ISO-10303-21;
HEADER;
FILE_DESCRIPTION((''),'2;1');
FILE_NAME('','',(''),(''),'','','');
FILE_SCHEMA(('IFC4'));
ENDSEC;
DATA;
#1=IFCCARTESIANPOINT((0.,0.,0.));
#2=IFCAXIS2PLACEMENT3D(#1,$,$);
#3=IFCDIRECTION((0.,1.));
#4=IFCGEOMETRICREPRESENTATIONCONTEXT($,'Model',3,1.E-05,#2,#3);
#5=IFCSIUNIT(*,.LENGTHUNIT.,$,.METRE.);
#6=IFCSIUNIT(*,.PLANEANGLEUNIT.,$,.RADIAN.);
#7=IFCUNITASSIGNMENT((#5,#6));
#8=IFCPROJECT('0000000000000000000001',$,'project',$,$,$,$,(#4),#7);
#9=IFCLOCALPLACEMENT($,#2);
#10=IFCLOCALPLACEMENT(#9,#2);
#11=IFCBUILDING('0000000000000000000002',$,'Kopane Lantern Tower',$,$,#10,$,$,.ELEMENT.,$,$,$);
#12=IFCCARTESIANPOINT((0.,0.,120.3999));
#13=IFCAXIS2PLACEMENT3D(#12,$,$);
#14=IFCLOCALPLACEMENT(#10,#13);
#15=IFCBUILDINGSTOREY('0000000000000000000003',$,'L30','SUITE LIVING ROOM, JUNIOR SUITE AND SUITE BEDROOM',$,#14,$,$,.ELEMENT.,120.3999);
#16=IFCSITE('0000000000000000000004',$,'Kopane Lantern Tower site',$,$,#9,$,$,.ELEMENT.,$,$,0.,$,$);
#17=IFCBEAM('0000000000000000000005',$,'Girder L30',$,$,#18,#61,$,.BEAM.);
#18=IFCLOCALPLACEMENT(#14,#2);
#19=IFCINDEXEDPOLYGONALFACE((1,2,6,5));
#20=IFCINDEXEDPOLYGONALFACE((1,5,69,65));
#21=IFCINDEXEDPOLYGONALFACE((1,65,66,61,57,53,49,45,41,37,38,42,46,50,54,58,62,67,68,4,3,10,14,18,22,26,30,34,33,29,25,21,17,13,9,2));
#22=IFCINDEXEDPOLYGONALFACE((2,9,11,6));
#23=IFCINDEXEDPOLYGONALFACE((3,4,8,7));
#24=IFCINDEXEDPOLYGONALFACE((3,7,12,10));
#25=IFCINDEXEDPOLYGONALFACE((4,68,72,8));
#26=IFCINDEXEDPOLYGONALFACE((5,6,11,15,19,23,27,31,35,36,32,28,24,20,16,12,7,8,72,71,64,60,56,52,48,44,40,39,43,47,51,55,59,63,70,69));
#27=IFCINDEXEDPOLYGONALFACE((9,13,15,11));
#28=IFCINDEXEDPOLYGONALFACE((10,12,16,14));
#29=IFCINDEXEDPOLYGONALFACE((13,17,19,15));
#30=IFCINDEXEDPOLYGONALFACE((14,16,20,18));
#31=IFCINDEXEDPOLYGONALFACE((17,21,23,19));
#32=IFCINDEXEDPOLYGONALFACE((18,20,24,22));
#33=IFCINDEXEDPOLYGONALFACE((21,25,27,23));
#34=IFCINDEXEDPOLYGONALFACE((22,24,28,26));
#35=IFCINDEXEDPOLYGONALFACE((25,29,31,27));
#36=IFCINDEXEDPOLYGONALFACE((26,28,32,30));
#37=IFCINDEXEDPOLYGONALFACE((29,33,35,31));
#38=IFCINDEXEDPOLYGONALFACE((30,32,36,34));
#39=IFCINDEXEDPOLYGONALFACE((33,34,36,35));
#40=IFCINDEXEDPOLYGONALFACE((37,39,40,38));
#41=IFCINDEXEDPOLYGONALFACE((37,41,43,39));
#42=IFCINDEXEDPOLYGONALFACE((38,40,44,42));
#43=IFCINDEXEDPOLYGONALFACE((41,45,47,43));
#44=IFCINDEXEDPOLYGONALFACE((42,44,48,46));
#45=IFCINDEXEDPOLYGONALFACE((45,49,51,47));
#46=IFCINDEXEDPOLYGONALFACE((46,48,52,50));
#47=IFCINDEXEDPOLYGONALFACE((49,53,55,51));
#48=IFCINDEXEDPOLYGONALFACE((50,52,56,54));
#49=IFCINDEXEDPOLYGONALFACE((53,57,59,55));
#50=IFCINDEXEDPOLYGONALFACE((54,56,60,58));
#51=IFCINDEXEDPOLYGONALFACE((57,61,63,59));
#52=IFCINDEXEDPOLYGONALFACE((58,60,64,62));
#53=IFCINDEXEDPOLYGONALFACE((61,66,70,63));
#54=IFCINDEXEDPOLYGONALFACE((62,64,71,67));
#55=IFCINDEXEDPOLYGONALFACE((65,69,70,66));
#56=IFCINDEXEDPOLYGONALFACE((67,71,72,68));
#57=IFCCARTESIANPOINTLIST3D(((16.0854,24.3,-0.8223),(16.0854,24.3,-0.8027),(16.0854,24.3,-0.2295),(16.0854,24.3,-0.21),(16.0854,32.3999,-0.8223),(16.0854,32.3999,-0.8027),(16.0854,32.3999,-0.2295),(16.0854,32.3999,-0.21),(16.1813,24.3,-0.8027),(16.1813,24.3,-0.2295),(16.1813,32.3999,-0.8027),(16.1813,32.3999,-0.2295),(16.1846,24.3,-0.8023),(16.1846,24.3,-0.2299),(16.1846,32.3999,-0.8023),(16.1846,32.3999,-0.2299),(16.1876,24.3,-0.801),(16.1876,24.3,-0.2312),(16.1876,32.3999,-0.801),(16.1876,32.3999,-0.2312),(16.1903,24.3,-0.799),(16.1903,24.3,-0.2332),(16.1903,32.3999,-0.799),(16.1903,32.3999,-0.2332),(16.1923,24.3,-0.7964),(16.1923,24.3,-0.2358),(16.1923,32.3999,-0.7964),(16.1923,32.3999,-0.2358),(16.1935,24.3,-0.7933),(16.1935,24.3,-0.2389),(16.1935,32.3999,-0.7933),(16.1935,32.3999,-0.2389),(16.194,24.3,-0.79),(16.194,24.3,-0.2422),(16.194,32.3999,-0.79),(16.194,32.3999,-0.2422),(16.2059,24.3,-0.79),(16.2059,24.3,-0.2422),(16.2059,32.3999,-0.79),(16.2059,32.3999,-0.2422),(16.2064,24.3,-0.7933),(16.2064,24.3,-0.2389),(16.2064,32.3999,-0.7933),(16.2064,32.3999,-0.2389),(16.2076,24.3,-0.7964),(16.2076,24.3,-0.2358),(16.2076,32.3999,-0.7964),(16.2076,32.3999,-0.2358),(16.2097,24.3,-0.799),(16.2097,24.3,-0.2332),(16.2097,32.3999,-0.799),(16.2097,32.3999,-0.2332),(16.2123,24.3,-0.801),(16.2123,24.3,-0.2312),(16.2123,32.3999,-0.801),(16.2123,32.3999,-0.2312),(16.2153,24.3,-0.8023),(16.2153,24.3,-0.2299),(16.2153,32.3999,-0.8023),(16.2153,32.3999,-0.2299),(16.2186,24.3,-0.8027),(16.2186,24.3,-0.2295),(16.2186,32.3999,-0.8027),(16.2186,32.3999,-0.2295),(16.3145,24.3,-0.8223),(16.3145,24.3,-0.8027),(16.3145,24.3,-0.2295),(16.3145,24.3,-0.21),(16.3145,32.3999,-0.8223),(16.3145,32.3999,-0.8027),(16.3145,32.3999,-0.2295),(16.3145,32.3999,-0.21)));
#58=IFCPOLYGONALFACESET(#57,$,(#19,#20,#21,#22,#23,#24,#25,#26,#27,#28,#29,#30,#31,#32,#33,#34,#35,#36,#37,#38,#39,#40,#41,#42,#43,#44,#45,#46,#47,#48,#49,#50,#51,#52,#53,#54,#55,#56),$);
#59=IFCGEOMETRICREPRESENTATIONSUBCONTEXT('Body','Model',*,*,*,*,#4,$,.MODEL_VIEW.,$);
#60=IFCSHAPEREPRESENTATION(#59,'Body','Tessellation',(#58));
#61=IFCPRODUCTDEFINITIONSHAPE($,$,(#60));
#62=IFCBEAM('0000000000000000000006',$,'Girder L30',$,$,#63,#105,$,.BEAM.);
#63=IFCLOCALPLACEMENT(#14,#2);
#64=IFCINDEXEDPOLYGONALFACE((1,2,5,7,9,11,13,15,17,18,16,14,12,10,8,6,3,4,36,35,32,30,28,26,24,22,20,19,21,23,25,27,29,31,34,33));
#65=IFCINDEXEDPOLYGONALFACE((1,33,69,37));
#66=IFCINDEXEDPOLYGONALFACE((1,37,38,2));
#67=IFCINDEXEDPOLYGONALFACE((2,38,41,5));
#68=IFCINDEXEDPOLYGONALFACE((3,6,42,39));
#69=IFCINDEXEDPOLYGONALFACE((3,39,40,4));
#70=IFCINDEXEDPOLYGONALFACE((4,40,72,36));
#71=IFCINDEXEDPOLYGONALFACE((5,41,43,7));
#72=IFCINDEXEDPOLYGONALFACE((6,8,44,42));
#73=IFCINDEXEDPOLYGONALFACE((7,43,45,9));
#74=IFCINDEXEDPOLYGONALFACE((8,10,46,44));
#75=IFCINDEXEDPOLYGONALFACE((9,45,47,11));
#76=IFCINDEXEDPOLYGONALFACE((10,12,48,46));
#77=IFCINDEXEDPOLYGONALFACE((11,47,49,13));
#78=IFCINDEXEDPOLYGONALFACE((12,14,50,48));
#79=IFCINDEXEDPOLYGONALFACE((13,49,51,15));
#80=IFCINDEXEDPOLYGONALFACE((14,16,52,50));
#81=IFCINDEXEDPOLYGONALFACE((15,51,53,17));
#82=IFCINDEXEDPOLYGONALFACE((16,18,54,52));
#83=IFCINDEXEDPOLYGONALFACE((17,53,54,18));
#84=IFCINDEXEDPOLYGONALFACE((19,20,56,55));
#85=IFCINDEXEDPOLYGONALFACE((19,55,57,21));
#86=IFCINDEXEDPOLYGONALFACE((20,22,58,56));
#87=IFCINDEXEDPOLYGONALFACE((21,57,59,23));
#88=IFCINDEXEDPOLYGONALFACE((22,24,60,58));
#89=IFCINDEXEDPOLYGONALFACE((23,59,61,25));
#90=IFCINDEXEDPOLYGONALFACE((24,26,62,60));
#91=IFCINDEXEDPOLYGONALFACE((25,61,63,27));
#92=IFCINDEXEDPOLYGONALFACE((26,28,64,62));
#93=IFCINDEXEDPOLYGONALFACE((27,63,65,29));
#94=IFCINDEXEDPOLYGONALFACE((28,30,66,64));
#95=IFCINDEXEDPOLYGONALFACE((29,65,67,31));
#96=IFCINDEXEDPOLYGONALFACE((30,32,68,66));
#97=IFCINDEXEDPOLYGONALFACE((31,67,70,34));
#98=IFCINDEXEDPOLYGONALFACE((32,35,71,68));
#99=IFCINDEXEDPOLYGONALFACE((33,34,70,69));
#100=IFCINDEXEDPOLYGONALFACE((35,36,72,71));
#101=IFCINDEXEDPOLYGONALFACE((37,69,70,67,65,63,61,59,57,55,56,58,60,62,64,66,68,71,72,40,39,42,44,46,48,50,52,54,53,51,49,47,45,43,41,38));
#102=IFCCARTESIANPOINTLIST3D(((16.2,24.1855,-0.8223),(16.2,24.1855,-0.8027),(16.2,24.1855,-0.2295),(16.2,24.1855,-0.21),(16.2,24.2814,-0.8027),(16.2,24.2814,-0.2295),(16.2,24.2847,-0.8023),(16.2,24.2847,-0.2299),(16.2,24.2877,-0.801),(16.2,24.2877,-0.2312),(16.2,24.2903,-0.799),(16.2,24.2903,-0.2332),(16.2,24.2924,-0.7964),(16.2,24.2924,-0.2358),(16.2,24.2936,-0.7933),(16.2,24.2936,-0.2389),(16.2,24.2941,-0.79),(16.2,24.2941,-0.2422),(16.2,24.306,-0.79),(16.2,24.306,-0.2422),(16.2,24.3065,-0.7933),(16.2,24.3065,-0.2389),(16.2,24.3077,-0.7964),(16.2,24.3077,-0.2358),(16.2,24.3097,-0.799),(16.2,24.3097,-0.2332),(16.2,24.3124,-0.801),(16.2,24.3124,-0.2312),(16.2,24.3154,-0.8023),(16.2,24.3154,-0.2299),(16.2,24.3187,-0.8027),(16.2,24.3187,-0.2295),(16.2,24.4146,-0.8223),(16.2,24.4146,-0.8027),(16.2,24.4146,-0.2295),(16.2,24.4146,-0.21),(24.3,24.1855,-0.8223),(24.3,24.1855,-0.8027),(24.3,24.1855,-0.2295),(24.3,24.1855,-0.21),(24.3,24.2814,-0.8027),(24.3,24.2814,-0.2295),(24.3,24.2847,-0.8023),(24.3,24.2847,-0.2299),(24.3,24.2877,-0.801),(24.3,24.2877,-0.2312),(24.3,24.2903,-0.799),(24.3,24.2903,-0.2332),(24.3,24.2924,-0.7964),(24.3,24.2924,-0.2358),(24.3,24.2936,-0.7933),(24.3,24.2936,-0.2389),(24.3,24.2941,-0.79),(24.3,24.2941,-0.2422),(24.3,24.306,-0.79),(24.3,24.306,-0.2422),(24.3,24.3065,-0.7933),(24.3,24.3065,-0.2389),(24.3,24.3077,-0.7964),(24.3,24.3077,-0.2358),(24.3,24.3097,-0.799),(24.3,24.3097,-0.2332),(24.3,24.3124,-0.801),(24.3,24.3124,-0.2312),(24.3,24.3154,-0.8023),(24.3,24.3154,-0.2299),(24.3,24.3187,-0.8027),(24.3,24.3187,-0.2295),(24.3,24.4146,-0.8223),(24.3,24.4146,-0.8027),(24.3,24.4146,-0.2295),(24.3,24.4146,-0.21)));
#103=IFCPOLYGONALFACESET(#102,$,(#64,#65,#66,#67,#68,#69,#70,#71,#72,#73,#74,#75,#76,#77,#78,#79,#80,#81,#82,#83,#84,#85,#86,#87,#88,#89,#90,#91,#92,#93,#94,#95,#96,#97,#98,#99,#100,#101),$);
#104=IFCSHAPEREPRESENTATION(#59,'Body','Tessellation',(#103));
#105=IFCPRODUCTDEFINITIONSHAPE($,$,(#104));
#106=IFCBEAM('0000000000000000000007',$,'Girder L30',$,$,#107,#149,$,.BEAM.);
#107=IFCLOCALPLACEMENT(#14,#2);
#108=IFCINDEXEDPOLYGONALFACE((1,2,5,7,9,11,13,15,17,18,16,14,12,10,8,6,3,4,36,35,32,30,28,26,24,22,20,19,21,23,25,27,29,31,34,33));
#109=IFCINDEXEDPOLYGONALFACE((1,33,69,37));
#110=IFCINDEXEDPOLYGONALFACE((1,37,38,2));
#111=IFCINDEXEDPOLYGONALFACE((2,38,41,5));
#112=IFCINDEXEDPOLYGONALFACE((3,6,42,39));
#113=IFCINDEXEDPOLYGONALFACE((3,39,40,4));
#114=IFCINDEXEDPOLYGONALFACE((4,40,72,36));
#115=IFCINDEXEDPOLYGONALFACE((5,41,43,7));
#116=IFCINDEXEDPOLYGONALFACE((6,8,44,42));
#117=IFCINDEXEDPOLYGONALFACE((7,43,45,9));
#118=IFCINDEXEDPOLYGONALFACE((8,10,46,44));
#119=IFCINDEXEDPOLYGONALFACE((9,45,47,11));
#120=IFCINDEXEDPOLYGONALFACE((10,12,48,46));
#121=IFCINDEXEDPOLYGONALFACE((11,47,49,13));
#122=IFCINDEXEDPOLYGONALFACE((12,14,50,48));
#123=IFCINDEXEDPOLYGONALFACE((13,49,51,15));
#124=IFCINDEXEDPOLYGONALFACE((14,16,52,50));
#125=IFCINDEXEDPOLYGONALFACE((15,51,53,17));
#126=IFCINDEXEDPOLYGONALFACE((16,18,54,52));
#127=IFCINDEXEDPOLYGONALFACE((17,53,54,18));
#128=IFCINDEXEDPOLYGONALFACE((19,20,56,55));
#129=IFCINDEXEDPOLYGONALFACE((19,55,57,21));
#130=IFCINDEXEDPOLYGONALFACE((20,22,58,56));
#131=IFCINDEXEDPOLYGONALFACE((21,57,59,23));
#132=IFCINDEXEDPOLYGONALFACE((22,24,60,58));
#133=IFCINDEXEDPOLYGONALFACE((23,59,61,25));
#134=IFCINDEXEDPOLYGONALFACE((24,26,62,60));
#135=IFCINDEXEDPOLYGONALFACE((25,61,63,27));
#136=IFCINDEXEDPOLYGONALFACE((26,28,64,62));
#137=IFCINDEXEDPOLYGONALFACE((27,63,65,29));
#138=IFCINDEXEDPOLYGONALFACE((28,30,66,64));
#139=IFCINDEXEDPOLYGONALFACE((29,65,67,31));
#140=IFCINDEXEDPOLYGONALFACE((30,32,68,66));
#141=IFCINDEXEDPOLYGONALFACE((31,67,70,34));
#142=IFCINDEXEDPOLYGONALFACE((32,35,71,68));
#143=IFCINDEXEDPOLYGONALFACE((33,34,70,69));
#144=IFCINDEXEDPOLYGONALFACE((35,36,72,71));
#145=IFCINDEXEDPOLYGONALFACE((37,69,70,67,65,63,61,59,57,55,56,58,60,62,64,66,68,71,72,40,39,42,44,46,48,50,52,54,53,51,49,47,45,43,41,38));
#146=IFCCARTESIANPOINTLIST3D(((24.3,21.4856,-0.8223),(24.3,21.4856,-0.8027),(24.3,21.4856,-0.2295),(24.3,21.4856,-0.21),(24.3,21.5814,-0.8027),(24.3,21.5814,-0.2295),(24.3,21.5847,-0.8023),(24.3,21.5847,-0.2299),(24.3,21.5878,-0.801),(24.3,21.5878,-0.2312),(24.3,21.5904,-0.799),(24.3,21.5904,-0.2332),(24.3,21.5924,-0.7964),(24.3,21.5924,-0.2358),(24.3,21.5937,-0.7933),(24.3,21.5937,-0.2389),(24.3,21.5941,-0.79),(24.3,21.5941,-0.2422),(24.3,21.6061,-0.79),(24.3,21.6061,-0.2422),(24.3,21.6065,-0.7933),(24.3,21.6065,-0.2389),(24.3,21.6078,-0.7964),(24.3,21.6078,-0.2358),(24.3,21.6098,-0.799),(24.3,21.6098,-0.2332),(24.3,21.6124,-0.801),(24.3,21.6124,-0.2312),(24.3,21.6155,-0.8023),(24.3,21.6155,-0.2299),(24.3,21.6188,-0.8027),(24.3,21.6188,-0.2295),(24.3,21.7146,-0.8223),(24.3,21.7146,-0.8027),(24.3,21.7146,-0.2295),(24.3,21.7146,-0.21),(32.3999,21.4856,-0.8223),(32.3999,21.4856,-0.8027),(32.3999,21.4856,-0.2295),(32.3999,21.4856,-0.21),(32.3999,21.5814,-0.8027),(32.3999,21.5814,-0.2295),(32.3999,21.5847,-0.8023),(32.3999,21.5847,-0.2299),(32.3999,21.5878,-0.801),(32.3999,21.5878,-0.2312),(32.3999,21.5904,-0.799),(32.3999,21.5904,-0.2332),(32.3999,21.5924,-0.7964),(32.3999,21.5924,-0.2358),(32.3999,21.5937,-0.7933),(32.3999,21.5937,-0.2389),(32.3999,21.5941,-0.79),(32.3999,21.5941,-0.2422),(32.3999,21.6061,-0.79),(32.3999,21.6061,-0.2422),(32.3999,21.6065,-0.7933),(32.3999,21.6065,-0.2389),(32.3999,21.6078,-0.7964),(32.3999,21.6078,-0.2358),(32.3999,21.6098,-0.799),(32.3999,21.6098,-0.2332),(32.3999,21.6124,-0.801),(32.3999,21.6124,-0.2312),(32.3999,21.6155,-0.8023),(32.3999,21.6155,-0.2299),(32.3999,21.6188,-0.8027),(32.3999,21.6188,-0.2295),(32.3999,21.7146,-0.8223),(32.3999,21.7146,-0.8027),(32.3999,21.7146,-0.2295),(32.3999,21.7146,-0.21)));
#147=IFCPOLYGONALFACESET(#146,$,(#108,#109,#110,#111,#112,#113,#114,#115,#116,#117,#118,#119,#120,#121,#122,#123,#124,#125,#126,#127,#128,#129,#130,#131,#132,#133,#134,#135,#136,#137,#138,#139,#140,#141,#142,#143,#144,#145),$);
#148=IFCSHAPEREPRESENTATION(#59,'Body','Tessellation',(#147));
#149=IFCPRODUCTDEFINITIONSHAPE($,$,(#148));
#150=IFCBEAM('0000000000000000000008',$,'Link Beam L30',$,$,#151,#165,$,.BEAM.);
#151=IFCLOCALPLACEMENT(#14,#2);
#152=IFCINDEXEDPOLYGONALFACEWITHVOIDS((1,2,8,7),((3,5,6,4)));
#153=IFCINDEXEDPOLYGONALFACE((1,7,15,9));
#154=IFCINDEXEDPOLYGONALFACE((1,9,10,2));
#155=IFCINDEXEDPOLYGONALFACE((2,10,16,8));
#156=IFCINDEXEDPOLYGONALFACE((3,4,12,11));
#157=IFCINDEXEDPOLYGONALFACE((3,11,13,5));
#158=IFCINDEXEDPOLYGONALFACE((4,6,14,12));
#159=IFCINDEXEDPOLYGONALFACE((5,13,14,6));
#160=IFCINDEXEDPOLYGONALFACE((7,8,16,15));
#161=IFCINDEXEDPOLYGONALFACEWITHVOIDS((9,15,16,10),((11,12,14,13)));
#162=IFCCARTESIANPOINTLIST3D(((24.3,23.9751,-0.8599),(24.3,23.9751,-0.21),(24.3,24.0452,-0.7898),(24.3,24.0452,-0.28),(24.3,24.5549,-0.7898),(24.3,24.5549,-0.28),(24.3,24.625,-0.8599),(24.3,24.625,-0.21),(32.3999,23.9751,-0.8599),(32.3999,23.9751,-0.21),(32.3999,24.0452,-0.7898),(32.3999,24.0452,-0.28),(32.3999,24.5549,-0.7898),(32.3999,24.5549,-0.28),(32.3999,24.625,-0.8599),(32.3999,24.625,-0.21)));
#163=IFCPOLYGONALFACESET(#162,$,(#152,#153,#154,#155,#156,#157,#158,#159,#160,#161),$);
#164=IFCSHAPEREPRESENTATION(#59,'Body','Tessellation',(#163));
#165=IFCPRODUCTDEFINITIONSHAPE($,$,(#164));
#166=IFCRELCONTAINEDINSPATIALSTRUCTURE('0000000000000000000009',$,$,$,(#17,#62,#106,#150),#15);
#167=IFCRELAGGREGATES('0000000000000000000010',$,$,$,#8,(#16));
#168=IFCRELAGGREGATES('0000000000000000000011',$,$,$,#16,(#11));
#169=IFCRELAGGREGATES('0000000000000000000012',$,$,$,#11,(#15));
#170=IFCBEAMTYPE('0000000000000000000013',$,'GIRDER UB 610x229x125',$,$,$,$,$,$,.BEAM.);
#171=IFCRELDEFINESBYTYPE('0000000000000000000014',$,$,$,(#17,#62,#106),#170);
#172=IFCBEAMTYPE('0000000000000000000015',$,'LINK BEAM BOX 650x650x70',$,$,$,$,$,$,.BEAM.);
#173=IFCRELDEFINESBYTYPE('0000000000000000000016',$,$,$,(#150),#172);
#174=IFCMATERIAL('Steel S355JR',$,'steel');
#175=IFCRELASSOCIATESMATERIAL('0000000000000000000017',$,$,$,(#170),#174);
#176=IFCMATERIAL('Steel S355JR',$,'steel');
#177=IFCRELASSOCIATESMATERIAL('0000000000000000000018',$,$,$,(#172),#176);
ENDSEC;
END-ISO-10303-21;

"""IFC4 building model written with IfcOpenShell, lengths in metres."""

from ifc_helpers import new_model, si_unit, direction, frame, origin, origin_2d, place, context, subcontext, project, spatial, hollow_rectangle, i_section, extrude, material, material_profile, profile_set, type_object, element, save


model = new_model("IFC4")

# Units and contexts
model_context = context("Model", 3, precision=1e-05, world=origin(), true_north=direction((0.0, 1.0)))
body_context = subcontext(model_context, "Body", "Model", "MODEL_VIEW")
ifc_project = project(units=[si_unit("LENGTHUNIT", "METRE"), si_unit("PLANEANGLEUNIT", "RADIAN")], contexts=[model_context])

# Site, building, storey
site_placement = place(None, origin())
site = spatial("IfcSite", under=ifc_project, at=site_placement, Name="Kopane Lantern Tower site", CompositionType="ELEMENT", RefElevation=0.0)
building_placement = place(site_placement, origin())
building = spatial("IfcBuilding", under=site, at=building_placement, Name="Kopane Lantern Tower", CompositionType="ELEMENT")
storey_placement = place(building_placement, frame((0.0, 0.0, 120.3999)))
storey = spatial("IfcBuildingStorey", under=building, at=storey_placement, Name="L30", Description="SUITE LIVING ROOM, JUNIOR SUITE AND SUITE BEDROOM", CompositionType="ELEMENT", Elevation=120.3999)

# Beams
ifc_material_1 = material(Name="Steel S355JR", Category="steel")
ifc_material_profile_1 = material_profile(ifc_material_1, i_section(OverallWidth=0.229, OverallDepth=0.6123, WebThickness=0.012, FlangeThickness=0.0195, FilletRadius=0.0127, at=origin_2d()), Name="UB 610x229x125")
ifc_profile_set_1 = profile_set([ifc_material_profile_1], Name="Steel S355JR")
beam_type_1 = type_object("IfcBeamType", Name="GIRDER UB 610x229x125", PredefinedType="BEAM", material=ifc_profile_set_1)
beam_1_placement = place(storey_placement, frame((16.2, 24.3, -0.5161), z_axis=(0.0, 1.0, 0.0), x_axis=(-1.0, 0.0, 0.0)))
element("IfcBeam", 1, at=beam_1_placement, inside=storey, type_object=beam_type_1, Name="Girder L30", PredefinedType="BEAM", context=body_context, shape_type="SweptSolid", body=[
    extrude(i_section(OverallWidth=0.229, OverallDepth=0.6123, WebThickness=0.012, FlangeThickness=0.0195, FilletRadius=0.0127, at=origin_2d()), origin(), (0.0, 0.0, 1.0), 8.0999),
])
beam_2_placement = place(storey_placement, frame((16.2, 24.3, -0.5161), z_axis=(1.0, 0.0, 0.0), x_axis=(0.0, 1.0, 0.0)))
element("IfcBeam", 2, at=beam_2_placement, inside=storey, type_object=beam_type_1, Name="Girder L30", PredefinedType="BEAM", context=body_context, shape_type="SweptSolid", body=[
    extrude(i_section(OverallWidth=0.229, OverallDepth=0.6123, WebThickness=0.012, FlangeThickness=0.0195, FilletRadius=0.0127, at=origin_2d()), origin(), (0.0, 0.0, 1.0), 8.1001),
])
beam_3_placement = place(storey_placement, frame((24.3, 21.6001, -0.5161), z_axis=(1.0, 0.0, 0.0), x_axis=(0.0, 1.0, 0.0)))
element("IfcBeam", 3, at=beam_3_placement, inside=storey, type_object=beam_type_1, Name="Girder L30", PredefinedType="BEAM", context=body_context, shape_type="SweptSolid", body=[
    extrude(i_section(OverallWidth=0.229, OverallDepth=0.6123, WebThickness=0.012, FlangeThickness=0.0195, FilletRadius=0.0127, at=origin_2d()), origin(), (0.0, 0.0, 1.0), 8.0999),
])
ifc_material_2 = material(Name="Steel S355JR", Category="steel")
ifc_material_profile_2 = material_profile(ifc_material_2, hollow_rectangle(XDim=0.6499, YDim=0.6499, WallThickness=0.0701, at=origin_2d()), Name="BOX 650x650x70")
ifc_profile_set_2 = profile_set([ifc_material_profile_2], Name="Steel S355JR")
beam_type_2 = type_object("IfcBeamType", Name="LINK BEAM BOX 650x650x70", PredefinedType="BEAM", material=ifc_profile_set_2)
beam_4_placement = place(storey_placement, frame((24.3, 24.3, -0.5349), z_axis=(1.0, 0.0, 0.0), x_axis=(0.0, 1.0, 0.0)))
element("IfcBeam", 4, at=beam_4_placement, inside=storey, type_object=beam_type_2, Name="Link Beam L30", PredefinedType="BEAM", context=body_context, shape_type="SweptSolid", body=[
    extrude(hollow_rectangle(XDim=0.6499, YDim=0.6499, WallThickness=0.0701, at=origin_2d()), origin(), (0.0, 0.0, 1.0), 8.0999),
])

save(model, "model.ifc")
